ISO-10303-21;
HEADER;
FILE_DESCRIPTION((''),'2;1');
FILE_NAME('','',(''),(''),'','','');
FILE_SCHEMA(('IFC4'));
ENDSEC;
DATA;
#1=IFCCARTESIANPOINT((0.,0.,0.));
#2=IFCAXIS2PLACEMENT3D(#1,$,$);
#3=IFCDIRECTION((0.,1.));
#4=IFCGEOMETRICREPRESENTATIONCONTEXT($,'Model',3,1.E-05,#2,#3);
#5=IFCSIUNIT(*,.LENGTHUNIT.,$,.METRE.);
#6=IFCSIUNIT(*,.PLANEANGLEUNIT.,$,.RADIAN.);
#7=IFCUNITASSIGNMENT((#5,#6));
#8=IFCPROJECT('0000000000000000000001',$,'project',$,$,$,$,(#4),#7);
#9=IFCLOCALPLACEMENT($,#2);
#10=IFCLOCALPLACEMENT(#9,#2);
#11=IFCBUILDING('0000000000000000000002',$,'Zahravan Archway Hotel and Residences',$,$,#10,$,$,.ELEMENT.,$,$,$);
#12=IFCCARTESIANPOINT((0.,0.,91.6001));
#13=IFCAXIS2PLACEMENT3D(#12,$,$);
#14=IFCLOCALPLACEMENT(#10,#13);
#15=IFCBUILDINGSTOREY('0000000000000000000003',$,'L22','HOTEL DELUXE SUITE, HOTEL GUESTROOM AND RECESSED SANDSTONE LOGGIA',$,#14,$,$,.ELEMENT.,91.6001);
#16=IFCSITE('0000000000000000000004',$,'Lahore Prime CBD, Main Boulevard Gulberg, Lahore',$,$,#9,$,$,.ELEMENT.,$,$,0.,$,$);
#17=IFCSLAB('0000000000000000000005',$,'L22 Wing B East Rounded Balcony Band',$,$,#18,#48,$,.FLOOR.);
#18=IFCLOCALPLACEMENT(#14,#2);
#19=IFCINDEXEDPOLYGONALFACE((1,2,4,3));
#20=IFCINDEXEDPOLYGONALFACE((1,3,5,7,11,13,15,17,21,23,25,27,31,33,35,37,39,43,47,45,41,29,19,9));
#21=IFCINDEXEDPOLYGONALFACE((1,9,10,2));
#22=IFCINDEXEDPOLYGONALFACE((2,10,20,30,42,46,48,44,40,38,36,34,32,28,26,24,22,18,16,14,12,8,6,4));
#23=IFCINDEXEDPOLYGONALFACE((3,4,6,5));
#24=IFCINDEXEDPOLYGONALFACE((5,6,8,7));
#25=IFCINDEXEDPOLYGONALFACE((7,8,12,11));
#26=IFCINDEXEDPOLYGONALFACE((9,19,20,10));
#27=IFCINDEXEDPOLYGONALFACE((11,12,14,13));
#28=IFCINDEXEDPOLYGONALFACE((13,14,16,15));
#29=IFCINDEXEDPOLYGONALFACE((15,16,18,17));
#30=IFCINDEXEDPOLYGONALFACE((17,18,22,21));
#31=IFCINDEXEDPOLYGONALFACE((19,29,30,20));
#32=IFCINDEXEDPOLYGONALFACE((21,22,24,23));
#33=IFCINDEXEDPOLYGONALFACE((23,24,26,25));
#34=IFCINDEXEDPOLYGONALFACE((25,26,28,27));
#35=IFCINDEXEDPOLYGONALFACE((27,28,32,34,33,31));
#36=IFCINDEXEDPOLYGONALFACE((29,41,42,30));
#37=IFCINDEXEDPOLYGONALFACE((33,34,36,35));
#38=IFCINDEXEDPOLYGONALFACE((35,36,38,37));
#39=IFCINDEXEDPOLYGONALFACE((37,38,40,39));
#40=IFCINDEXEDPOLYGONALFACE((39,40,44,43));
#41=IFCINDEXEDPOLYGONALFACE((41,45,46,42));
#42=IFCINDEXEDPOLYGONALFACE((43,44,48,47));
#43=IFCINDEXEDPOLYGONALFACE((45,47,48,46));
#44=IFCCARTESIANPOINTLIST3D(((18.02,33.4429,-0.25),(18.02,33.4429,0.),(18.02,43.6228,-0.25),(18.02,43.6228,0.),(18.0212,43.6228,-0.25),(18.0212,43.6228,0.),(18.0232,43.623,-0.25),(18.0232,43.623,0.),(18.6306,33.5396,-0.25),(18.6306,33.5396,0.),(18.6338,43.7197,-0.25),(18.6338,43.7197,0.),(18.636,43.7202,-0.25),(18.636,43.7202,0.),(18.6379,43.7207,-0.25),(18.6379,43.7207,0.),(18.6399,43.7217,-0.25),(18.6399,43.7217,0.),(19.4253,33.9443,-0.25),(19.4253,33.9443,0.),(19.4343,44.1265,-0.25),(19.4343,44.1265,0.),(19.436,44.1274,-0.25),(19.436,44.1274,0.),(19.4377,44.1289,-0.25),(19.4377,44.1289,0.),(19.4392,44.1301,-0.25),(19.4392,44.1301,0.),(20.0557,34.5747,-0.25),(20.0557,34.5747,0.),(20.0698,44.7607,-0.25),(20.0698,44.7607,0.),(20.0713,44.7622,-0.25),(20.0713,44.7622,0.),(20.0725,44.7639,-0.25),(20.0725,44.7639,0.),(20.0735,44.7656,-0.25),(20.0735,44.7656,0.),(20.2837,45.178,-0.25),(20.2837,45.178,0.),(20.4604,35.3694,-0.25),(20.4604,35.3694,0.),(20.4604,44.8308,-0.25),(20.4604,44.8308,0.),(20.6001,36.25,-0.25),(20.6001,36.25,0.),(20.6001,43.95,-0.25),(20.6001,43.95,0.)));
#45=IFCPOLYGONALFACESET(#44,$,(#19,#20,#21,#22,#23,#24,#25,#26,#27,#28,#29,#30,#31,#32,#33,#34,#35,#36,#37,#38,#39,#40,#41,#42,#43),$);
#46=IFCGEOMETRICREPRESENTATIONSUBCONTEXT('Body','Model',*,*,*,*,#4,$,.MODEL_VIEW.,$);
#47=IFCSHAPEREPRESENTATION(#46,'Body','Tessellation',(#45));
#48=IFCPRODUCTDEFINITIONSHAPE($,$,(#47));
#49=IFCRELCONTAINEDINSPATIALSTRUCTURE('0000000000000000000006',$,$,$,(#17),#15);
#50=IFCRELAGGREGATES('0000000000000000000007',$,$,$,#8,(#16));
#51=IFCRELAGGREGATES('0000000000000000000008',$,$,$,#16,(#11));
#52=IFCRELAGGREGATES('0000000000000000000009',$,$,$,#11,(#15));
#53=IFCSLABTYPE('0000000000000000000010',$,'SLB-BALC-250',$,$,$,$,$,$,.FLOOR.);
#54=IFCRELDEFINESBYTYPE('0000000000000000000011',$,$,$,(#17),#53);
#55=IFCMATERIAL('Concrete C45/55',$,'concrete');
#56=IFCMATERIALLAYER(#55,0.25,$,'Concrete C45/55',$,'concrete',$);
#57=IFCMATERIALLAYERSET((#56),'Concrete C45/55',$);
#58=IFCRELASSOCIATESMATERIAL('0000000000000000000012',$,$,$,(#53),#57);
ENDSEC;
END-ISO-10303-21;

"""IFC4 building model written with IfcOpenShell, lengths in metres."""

from ifc_helpers import new_model, si_unit, direction, frame, origin, place, context, subcontext, project, spatial, polyline, outline, extrude, material, layer, layer_set, type_object, element, save


model = new_model("IFC4")

# Units and contexts
model_context = context("Model", 3, precision=1e-05, world=origin(), true_north=direction((0.0, 1.0)))
body_context = subcontext(model_context, "Body", "Model", "MODEL_VIEW")
ifc_project = project(units=[si_unit("LENGTHUNIT", "METRE"), si_unit("PLANEANGLEUNIT", "RADIAN")], contexts=[model_context])

# Site, building, storey
site_placement = place(None, origin())
site = spatial("IfcSite", under=ifc_project, at=site_placement, Name="Lahore Prime CBD, Main Boulevard Gulberg, Lahore", CompositionType="ELEMENT", RefElevation=0.0)
building_placement = place(site_placement, origin())
building = spatial("IfcBuilding", under=site, at=building_placement, Name="Zahravan Archway Hotel and Residences", CompositionType="ELEMENT")
storey_placement = place(building_placement, frame((0.0, 0.0, 91.6001)))
storey = spatial("IfcBuildingStorey", under=building, at=storey_placement, Name="L22", Description="HOTEL DELUXE SUITE, HOTEL GUESTROOM AND RECESSED SANDSTONE LOGGIA", CompositionType="ELEMENT", Elevation=91.6001)

# Slab
ifc_material_1 = material(Name="Concrete C45/55", Category="concrete")
ifc_layer_1 = layer(ifc_material_1, 0.25, Name="Concrete C45/55", Category="concrete")
ifc_layer_set_1 = layer_set([ifc_layer_1], Name="Concrete C45/55")
slab_type_1 = type_object("IfcSlabType", Name="SLB-BALC-250", PredefinedType="FLOOR", material=ifc_layer_set_1)
slab_1_placement = place(storey_placement, frame((0.0, 0.0, -0.25)))
element("IfcSlab", 1, at=slab_1_placement, inside=storey, type_object=slab_type_1, Name="L22 Wing B East Rounded Balcony Band", PredefinedType="FLOOR", context=body_context, shape_type="SweptSolid", body=[
    extrude(outline(polyline([(20.4604, 44.8308), (20.6001, 43.95), (20.6001, 36.25), (20.4604, 35.3694), (20.0557, 34.5747), (19.4253, 33.9443), (18.6306, 33.5396), (18.02, 33.4429), (18.02, 43.6228), (18.0212, 43.6228), (18.0232, 43.623), (18.6338, 43.7197), (18.636, 43.7202), (18.6379, 43.7207), (18.6399, 43.7217), (19.4343, 44.1265), (19.436, 44.1274), (19.4377, 44.1289), (19.4392, 44.1301), (20.0698, 44.7607), (20.0713, 44.7622), (20.0725, 44.7639), (20.0735, 44.7656), (20.2837, 45.178), (20.4604, 44.8308)])), origin(), (0.0, 0.0, 1.0), 0.25),
])

save(model, "model.ifc")
